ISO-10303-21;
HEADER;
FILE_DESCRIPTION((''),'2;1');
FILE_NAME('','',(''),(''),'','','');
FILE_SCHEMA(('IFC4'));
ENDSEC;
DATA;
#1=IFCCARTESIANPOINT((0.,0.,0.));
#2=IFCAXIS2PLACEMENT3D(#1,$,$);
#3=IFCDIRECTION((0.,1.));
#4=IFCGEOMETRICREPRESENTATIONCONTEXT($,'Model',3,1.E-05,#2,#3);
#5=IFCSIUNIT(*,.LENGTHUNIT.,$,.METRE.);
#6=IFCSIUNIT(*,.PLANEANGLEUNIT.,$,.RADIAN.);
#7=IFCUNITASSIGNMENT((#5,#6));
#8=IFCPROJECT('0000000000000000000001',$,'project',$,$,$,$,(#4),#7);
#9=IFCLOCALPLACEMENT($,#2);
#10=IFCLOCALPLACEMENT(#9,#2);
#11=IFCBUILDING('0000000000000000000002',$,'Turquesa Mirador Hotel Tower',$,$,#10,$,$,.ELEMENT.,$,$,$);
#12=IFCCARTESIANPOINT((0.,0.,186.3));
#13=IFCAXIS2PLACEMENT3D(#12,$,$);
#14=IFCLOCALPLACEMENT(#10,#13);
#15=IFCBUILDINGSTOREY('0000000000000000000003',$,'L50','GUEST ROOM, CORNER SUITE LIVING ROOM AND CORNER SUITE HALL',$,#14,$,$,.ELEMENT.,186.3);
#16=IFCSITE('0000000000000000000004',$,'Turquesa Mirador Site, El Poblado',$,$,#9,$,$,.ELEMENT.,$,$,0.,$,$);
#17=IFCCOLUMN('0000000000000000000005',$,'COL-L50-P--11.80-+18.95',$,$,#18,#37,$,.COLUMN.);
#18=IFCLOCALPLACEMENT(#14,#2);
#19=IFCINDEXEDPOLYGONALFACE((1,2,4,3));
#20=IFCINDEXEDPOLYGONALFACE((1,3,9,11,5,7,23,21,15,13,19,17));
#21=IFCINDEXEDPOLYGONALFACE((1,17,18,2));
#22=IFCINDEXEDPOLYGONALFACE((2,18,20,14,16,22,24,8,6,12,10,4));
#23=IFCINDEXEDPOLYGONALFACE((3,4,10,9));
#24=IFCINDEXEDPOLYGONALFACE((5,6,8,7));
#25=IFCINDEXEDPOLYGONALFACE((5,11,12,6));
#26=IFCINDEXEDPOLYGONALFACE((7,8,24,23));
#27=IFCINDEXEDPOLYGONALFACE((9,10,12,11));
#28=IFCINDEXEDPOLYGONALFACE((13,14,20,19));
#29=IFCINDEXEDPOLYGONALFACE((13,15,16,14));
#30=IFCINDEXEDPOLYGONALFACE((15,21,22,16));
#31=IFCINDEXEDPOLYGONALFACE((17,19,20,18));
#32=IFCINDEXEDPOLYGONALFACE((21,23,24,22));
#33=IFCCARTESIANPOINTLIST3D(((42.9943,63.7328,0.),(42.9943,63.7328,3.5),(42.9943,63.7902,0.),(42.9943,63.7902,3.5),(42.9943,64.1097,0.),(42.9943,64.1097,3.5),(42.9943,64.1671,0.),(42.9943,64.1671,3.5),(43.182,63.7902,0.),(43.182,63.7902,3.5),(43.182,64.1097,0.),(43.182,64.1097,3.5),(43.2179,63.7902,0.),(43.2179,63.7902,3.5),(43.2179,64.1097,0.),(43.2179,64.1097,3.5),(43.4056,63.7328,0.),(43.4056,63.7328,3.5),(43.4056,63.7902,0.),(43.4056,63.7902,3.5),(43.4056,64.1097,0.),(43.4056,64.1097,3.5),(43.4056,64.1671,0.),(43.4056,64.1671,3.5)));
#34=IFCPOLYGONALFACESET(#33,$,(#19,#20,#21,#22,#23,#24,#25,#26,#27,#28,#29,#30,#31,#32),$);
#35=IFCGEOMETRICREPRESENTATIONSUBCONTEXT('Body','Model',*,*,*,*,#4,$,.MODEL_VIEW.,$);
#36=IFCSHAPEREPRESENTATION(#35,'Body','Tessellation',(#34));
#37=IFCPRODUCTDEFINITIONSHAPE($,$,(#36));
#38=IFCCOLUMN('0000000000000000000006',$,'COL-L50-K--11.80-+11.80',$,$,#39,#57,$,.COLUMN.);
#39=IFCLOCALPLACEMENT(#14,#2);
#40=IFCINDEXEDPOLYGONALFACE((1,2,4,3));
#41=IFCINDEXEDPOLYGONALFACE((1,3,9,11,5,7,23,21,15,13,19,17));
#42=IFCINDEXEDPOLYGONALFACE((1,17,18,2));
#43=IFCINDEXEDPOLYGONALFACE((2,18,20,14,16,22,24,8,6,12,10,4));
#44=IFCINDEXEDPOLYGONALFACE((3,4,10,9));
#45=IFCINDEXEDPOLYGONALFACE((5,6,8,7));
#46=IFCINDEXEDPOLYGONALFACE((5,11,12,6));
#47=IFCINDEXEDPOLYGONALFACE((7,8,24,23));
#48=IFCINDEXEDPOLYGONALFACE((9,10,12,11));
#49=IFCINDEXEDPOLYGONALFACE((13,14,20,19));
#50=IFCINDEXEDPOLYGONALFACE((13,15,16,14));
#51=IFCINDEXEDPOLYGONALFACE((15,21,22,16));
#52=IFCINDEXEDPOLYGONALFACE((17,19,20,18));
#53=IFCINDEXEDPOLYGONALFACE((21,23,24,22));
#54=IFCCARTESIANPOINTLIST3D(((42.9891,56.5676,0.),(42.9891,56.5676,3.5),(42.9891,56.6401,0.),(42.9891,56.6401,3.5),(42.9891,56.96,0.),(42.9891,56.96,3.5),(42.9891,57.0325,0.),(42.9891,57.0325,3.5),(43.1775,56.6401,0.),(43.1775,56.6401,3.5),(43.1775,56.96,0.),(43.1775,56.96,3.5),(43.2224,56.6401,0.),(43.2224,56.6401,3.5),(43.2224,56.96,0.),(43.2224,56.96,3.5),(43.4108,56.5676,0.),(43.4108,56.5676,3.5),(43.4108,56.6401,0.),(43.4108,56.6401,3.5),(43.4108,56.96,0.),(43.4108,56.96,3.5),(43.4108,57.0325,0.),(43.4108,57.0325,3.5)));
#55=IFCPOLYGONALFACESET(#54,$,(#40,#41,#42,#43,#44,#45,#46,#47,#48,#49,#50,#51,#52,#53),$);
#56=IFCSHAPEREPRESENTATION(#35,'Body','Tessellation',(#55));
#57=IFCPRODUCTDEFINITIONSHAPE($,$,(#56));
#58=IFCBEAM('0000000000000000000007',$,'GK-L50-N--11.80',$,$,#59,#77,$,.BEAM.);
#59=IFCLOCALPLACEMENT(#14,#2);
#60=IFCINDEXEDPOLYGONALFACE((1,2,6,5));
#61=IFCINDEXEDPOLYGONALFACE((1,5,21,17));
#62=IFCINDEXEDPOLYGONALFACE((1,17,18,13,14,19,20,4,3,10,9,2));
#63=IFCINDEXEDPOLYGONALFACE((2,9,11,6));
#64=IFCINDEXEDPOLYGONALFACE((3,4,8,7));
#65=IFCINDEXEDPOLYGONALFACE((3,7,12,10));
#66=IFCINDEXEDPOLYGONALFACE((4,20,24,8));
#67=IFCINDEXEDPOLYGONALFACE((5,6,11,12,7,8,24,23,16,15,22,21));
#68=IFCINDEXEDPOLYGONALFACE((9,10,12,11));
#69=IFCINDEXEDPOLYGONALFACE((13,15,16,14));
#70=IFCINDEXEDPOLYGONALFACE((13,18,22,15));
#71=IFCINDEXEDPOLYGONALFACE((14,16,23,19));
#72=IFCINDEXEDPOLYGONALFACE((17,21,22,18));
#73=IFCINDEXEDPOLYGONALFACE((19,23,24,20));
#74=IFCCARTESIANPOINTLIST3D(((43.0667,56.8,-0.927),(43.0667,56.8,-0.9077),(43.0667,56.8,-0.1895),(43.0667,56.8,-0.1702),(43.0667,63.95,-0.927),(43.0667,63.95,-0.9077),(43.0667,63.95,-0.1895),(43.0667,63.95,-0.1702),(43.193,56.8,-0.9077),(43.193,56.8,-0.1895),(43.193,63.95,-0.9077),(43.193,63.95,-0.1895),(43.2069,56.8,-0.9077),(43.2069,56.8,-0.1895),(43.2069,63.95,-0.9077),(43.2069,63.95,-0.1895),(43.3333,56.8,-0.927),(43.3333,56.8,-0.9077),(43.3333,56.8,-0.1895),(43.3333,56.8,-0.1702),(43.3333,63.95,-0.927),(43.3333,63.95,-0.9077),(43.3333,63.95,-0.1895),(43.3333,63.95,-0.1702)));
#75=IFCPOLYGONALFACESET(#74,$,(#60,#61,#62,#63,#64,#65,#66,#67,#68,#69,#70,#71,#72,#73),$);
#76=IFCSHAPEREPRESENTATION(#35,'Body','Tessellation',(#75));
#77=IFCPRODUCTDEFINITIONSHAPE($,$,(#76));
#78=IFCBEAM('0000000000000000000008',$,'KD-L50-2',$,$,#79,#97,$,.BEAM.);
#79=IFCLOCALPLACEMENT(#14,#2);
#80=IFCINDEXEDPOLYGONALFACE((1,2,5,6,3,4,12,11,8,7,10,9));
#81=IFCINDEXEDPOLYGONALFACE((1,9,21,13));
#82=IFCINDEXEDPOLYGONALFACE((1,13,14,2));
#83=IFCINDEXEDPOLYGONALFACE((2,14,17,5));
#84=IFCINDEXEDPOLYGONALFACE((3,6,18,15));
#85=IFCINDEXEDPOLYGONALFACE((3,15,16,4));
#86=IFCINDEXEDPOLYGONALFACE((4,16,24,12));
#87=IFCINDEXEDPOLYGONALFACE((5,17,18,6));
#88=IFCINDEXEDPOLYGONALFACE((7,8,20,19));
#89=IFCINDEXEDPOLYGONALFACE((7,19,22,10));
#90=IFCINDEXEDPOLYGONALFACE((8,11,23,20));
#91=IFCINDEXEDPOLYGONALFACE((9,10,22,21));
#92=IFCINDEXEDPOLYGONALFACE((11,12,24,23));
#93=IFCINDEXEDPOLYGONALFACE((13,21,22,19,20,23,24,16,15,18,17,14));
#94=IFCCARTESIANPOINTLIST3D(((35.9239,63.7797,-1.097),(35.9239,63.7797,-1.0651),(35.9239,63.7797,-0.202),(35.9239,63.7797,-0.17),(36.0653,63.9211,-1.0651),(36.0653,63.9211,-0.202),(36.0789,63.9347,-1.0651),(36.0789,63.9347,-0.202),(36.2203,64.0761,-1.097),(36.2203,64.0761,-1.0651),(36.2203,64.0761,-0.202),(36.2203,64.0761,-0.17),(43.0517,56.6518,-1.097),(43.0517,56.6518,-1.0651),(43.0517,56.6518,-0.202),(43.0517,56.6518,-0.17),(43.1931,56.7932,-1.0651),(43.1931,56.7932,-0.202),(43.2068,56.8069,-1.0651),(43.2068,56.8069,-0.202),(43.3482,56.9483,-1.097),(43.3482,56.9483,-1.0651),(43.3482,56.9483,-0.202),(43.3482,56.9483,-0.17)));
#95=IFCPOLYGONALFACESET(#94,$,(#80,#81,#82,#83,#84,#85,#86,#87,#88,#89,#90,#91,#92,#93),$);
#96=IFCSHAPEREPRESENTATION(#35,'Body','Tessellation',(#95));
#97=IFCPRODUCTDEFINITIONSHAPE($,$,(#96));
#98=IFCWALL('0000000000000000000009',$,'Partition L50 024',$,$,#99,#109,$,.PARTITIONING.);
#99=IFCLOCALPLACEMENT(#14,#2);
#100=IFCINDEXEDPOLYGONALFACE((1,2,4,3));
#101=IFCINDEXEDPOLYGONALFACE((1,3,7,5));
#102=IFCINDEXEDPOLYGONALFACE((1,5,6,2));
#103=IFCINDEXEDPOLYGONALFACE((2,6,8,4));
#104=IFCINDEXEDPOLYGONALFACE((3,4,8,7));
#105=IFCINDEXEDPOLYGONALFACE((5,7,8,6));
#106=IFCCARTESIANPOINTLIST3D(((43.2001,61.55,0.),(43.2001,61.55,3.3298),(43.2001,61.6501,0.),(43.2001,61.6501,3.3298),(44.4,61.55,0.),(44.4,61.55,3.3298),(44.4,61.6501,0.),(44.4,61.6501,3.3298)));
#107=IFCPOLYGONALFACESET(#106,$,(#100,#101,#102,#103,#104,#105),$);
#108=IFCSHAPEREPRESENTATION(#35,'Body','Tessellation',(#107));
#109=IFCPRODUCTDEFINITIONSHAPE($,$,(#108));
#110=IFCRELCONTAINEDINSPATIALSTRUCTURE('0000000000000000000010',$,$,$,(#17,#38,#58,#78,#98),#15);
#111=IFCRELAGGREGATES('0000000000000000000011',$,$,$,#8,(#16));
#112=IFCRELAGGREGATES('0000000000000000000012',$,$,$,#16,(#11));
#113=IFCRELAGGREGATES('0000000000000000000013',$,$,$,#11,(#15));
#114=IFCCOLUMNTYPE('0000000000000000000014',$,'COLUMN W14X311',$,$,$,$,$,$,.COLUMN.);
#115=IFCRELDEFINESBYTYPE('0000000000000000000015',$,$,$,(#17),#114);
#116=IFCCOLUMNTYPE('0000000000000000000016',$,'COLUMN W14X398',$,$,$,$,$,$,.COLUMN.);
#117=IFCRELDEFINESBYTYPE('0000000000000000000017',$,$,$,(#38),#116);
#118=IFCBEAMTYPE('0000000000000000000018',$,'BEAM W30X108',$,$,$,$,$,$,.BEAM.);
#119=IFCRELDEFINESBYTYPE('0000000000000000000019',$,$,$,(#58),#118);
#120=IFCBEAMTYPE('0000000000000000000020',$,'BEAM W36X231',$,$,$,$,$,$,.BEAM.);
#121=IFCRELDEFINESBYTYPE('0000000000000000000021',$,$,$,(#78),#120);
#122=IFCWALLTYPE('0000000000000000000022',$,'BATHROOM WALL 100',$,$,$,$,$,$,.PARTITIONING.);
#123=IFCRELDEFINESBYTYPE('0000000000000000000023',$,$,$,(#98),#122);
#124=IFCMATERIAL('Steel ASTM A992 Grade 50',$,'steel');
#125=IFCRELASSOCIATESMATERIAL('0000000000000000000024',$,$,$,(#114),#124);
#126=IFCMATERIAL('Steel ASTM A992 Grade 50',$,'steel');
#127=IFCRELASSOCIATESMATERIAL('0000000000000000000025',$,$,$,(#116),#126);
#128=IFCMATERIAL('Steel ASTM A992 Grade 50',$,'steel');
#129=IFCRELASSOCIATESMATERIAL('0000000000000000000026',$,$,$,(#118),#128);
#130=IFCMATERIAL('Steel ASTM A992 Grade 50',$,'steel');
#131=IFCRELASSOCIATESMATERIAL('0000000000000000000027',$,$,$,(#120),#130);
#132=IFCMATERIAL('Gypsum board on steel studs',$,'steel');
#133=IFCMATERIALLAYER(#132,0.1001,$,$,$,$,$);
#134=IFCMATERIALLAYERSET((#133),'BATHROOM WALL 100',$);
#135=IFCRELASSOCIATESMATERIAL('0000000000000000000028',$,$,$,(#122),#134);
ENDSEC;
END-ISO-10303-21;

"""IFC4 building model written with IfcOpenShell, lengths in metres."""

from ifc_helpers import new_model, si_unit, direction, frame, frame_2d, origin, origin_2d, place, context, subcontext, project, spatial, rectangle, i_section, extrude, material, layer, layer_set, material_profile, profile_set, type_object, element, save


model = new_model("IFC4")

# Units and contexts
model_context = context("Model", 3, precision=1e-05, world=origin(), true_north=direction((0.0, 1.0)))
body_context = subcontext(model_context, "Body", "Model", "MODEL_VIEW")
ifc_project = project(units=[si_unit("LENGTHUNIT", "METRE"), si_unit("PLANEANGLEUNIT", "RADIAN")], contexts=[model_context])

# Site, building, storey
site_placement = place(None, origin())
site = spatial("IfcSite", under=ifc_project, at=site_placement, Name="Turquesa Mirador Site, El Poblado", CompositionType="ELEMENT", RefElevation=0.0)
building_placement = place(site_placement, origin())
building = spatial("IfcBuilding", under=site, at=building_placement, Name="Turquesa Mirador Hotel Tower", CompositionType="ELEMENT")
storey_placement = place(building_placement, frame((0.0, 0.0, 186.3)))
storey = spatial("IfcBuildingStorey", under=building, at=storey_placement, Name="L50", Description="GUEST ROOM, CORNER SUITE LIVING ROOM AND CORNER SUITE HALL", CompositionType="ELEMENT", Elevation=186.3)

# Columns
ifc_material_1 = material(Name="Steel ASTM A992 Grade 50", Category="steel")
ifc_material_profile_1 = material_profile(ifc_material_1, i_section(OverallWidth=0.4114, OverallDepth=0.4343, WebThickness=0.0359, FlangeThickness=0.0574, at=origin_2d()), Name="W14X311")
ifc_profile_set_1 = profile_set([ifc_material_profile_1], Name="Steel ASTM A992 Grade 50")
column_type_1 = type_object("IfcColumnType", Name="COLUMN W14X311", PredefinedType="COLUMN", material=ifc_profile_set_1)
column_1_placement = place(storey_placement, frame((43.2, 63.95, 0.0), z_axis=(0.0, 0.0, 1.0), x_axis=(1.0, 0.0, 0.0)))
element("IfcColumn", 1, at=column_1_placement, inside=storey, type_object=column_type_1, Name="COL-L50-P--11.80-+18.95", PredefinedType="COLUMN", context=body_context, shape_type="SweptSolid", body=[
    extrude(i_section(OverallWidth=0.4114, OverallDepth=0.4343, WebThickness=0.0359, FlangeThickness=0.0574, at=origin_2d()), origin(), (0.0, 0.0, 1.0), 3.5),
])
ifc_material_2 = material(Name="Steel ASTM A992 Grade 50", Category="steel")
ifc_material_profile_2 = material_profile(ifc_material_2, i_section(OverallWidth=0.4216, OverallDepth=0.4648, WebThickness=0.0449, FlangeThickness=0.0725, at=origin_2d()), Name="W14X398")
ifc_profile_set_2 = profile_set([ifc_material_profile_2], Name="Steel ASTM A992 Grade 50")
column_type_2 = type_object("IfcColumnType", Name="COLUMN W14X398", PredefinedType="COLUMN", material=ifc_profile_set_2)
column_2_placement = place(storey_placement, frame((43.2, 56.8, 0.0), z_axis=(0.0, 0.0, 1.0), x_axis=(1.0, 0.0, 0.0)))
element("IfcColumn", 2, at=column_2_placement, inside=storey, type_object=column_type_2, Name="COL-L50-K--11.80-+11.80", PredefinedType="COLUMN", context=body_context, shape_type="SweptSolid", body=[
    extrude(i_section(OverallWidth=0.4216, OverallDepth=0.4648, WebThickness=0.0449, FlangeThickness=0.0725, at=origin_2d()), origin(), (0.0, 0.0, 1.0), 3.5),
])

# Beams
ifc_material_3 = material(Name="Steel ASTM A992 Grade 50", Category="steel")
ifc_material_profile_3 = material_profile(ifc_material_3, i_section(OverallWidth=0.2666, OverallDepth=0.7568, WebThickness=0.0139, FlangeThickness=0.0193, at=origin_2d()), Name="W30X108")
ifc_profile_set_3 = profile_set([ifc_material_profile_3], Name="Steel ASTM A992 Grade 50")
beam_type_1 = type_object("IfcBeamType", Name="BEAM W30X108", PredefinedType="BEAM", material=ifc_profile_set_3)
beam_1_placement = place(storey_placement, frame((43.2, 63.95, -0.5486), z_axis=(0.0, -1.0, 0.0), x_axis=(1.0, 0.0, 0.0)))
element("IfcBeam", 3, at=beam_1_placement, inside=storey, type_object=beam_type_1, Name="GK-L50-N--11.80", PredefinedType="BEAM", context=body_context, shape_type="SweptSolid", body=[
    extrude(i_section(OverallWidth=0.2666, OverallDepth=0.7568, WebThickness=0.0139, FlangeThickness=0.0193, at=origin_2d()), origin(), (0.0, 0.0, 1.0), 7.1499),
])
ifc_material_4 = material(Name="Steel ASTM A992 Grade 50", Category="steel")
ifc_material_profile_4 = material_profile(ifc_material_4, i_section(OverallWidth=0.4192, OverallDepth=0.927, WebThickness=0.0193, FlangeThickness=0.032, at=origin_2d()), Name="W36X231")
ifc_profile_set_4 = profile_set([ifc_material_profile_4], Name="Steel ASTM A992 Grade 50")
beam_type_2 = type_object("IfcBeamType", Name="BEAM W36X231", PredefinedType="BEAM", material=ifc_profile_set_4)
beam_2_placement = place(storey_placement, frame((43.2, 56.8, -0.6335), z_axis=(-0.707107, 0.707107, 0.0), x_axis=(-0.707107, -0.707107, 0.0)))
element("IfcBeam", 4, at=beam_2_placement, inside=storey, type_object=beam_type_2, Name="KD-L50-2", PredefinedType="BEAM", context=body_context, shape_type="SweptSolid", body=[
    extrude(i_section(OverallWidth=0.4192, OverallDepth=0.927, WebThickness=0.0193, FlangeThickness=0.032, at=origin_2d()), origin(), (0.0, 0.0, 1.0), 10.0803),
])

# Wall
ifc_material_5 = material(Name="Gypsum board on steel studs", Category="steel")
ifc_layer_1 = layer(ifc_material_5, 0.1001)
ifc_layer_set_1 = layer_set([ifc_layer_1], Name="BATHROOM WALL 100")
wall_type_1 = type_object("IfcWallType", Name="BATHROOM WALL 100", PredefinedType="PARTITIONING", material=ifc_layer_set_1)
wall_1_placement = place(storey_placement, frame((43.2, 61.6001, 0.0), z_axis=(0.0, 0.0, 1.0), x_axis=(1.0, 0.0, 0.0)))
element("IfcWall", 5, at=wall_1_placement, inside=storey, type_object=wall_type_1, Name="Partition L50 024", PredefinedType="PARTITIONING", context=body_context, shape_type="SweptSolid", body=[
    extrude(rectangle(XDim=1.2, YDim=0.1001, at=frame_2d((0.6001, 0.0))), origin(), (0.0, 0.0, 1.0), 3.3298),
])

save(model, "model.ifc")
